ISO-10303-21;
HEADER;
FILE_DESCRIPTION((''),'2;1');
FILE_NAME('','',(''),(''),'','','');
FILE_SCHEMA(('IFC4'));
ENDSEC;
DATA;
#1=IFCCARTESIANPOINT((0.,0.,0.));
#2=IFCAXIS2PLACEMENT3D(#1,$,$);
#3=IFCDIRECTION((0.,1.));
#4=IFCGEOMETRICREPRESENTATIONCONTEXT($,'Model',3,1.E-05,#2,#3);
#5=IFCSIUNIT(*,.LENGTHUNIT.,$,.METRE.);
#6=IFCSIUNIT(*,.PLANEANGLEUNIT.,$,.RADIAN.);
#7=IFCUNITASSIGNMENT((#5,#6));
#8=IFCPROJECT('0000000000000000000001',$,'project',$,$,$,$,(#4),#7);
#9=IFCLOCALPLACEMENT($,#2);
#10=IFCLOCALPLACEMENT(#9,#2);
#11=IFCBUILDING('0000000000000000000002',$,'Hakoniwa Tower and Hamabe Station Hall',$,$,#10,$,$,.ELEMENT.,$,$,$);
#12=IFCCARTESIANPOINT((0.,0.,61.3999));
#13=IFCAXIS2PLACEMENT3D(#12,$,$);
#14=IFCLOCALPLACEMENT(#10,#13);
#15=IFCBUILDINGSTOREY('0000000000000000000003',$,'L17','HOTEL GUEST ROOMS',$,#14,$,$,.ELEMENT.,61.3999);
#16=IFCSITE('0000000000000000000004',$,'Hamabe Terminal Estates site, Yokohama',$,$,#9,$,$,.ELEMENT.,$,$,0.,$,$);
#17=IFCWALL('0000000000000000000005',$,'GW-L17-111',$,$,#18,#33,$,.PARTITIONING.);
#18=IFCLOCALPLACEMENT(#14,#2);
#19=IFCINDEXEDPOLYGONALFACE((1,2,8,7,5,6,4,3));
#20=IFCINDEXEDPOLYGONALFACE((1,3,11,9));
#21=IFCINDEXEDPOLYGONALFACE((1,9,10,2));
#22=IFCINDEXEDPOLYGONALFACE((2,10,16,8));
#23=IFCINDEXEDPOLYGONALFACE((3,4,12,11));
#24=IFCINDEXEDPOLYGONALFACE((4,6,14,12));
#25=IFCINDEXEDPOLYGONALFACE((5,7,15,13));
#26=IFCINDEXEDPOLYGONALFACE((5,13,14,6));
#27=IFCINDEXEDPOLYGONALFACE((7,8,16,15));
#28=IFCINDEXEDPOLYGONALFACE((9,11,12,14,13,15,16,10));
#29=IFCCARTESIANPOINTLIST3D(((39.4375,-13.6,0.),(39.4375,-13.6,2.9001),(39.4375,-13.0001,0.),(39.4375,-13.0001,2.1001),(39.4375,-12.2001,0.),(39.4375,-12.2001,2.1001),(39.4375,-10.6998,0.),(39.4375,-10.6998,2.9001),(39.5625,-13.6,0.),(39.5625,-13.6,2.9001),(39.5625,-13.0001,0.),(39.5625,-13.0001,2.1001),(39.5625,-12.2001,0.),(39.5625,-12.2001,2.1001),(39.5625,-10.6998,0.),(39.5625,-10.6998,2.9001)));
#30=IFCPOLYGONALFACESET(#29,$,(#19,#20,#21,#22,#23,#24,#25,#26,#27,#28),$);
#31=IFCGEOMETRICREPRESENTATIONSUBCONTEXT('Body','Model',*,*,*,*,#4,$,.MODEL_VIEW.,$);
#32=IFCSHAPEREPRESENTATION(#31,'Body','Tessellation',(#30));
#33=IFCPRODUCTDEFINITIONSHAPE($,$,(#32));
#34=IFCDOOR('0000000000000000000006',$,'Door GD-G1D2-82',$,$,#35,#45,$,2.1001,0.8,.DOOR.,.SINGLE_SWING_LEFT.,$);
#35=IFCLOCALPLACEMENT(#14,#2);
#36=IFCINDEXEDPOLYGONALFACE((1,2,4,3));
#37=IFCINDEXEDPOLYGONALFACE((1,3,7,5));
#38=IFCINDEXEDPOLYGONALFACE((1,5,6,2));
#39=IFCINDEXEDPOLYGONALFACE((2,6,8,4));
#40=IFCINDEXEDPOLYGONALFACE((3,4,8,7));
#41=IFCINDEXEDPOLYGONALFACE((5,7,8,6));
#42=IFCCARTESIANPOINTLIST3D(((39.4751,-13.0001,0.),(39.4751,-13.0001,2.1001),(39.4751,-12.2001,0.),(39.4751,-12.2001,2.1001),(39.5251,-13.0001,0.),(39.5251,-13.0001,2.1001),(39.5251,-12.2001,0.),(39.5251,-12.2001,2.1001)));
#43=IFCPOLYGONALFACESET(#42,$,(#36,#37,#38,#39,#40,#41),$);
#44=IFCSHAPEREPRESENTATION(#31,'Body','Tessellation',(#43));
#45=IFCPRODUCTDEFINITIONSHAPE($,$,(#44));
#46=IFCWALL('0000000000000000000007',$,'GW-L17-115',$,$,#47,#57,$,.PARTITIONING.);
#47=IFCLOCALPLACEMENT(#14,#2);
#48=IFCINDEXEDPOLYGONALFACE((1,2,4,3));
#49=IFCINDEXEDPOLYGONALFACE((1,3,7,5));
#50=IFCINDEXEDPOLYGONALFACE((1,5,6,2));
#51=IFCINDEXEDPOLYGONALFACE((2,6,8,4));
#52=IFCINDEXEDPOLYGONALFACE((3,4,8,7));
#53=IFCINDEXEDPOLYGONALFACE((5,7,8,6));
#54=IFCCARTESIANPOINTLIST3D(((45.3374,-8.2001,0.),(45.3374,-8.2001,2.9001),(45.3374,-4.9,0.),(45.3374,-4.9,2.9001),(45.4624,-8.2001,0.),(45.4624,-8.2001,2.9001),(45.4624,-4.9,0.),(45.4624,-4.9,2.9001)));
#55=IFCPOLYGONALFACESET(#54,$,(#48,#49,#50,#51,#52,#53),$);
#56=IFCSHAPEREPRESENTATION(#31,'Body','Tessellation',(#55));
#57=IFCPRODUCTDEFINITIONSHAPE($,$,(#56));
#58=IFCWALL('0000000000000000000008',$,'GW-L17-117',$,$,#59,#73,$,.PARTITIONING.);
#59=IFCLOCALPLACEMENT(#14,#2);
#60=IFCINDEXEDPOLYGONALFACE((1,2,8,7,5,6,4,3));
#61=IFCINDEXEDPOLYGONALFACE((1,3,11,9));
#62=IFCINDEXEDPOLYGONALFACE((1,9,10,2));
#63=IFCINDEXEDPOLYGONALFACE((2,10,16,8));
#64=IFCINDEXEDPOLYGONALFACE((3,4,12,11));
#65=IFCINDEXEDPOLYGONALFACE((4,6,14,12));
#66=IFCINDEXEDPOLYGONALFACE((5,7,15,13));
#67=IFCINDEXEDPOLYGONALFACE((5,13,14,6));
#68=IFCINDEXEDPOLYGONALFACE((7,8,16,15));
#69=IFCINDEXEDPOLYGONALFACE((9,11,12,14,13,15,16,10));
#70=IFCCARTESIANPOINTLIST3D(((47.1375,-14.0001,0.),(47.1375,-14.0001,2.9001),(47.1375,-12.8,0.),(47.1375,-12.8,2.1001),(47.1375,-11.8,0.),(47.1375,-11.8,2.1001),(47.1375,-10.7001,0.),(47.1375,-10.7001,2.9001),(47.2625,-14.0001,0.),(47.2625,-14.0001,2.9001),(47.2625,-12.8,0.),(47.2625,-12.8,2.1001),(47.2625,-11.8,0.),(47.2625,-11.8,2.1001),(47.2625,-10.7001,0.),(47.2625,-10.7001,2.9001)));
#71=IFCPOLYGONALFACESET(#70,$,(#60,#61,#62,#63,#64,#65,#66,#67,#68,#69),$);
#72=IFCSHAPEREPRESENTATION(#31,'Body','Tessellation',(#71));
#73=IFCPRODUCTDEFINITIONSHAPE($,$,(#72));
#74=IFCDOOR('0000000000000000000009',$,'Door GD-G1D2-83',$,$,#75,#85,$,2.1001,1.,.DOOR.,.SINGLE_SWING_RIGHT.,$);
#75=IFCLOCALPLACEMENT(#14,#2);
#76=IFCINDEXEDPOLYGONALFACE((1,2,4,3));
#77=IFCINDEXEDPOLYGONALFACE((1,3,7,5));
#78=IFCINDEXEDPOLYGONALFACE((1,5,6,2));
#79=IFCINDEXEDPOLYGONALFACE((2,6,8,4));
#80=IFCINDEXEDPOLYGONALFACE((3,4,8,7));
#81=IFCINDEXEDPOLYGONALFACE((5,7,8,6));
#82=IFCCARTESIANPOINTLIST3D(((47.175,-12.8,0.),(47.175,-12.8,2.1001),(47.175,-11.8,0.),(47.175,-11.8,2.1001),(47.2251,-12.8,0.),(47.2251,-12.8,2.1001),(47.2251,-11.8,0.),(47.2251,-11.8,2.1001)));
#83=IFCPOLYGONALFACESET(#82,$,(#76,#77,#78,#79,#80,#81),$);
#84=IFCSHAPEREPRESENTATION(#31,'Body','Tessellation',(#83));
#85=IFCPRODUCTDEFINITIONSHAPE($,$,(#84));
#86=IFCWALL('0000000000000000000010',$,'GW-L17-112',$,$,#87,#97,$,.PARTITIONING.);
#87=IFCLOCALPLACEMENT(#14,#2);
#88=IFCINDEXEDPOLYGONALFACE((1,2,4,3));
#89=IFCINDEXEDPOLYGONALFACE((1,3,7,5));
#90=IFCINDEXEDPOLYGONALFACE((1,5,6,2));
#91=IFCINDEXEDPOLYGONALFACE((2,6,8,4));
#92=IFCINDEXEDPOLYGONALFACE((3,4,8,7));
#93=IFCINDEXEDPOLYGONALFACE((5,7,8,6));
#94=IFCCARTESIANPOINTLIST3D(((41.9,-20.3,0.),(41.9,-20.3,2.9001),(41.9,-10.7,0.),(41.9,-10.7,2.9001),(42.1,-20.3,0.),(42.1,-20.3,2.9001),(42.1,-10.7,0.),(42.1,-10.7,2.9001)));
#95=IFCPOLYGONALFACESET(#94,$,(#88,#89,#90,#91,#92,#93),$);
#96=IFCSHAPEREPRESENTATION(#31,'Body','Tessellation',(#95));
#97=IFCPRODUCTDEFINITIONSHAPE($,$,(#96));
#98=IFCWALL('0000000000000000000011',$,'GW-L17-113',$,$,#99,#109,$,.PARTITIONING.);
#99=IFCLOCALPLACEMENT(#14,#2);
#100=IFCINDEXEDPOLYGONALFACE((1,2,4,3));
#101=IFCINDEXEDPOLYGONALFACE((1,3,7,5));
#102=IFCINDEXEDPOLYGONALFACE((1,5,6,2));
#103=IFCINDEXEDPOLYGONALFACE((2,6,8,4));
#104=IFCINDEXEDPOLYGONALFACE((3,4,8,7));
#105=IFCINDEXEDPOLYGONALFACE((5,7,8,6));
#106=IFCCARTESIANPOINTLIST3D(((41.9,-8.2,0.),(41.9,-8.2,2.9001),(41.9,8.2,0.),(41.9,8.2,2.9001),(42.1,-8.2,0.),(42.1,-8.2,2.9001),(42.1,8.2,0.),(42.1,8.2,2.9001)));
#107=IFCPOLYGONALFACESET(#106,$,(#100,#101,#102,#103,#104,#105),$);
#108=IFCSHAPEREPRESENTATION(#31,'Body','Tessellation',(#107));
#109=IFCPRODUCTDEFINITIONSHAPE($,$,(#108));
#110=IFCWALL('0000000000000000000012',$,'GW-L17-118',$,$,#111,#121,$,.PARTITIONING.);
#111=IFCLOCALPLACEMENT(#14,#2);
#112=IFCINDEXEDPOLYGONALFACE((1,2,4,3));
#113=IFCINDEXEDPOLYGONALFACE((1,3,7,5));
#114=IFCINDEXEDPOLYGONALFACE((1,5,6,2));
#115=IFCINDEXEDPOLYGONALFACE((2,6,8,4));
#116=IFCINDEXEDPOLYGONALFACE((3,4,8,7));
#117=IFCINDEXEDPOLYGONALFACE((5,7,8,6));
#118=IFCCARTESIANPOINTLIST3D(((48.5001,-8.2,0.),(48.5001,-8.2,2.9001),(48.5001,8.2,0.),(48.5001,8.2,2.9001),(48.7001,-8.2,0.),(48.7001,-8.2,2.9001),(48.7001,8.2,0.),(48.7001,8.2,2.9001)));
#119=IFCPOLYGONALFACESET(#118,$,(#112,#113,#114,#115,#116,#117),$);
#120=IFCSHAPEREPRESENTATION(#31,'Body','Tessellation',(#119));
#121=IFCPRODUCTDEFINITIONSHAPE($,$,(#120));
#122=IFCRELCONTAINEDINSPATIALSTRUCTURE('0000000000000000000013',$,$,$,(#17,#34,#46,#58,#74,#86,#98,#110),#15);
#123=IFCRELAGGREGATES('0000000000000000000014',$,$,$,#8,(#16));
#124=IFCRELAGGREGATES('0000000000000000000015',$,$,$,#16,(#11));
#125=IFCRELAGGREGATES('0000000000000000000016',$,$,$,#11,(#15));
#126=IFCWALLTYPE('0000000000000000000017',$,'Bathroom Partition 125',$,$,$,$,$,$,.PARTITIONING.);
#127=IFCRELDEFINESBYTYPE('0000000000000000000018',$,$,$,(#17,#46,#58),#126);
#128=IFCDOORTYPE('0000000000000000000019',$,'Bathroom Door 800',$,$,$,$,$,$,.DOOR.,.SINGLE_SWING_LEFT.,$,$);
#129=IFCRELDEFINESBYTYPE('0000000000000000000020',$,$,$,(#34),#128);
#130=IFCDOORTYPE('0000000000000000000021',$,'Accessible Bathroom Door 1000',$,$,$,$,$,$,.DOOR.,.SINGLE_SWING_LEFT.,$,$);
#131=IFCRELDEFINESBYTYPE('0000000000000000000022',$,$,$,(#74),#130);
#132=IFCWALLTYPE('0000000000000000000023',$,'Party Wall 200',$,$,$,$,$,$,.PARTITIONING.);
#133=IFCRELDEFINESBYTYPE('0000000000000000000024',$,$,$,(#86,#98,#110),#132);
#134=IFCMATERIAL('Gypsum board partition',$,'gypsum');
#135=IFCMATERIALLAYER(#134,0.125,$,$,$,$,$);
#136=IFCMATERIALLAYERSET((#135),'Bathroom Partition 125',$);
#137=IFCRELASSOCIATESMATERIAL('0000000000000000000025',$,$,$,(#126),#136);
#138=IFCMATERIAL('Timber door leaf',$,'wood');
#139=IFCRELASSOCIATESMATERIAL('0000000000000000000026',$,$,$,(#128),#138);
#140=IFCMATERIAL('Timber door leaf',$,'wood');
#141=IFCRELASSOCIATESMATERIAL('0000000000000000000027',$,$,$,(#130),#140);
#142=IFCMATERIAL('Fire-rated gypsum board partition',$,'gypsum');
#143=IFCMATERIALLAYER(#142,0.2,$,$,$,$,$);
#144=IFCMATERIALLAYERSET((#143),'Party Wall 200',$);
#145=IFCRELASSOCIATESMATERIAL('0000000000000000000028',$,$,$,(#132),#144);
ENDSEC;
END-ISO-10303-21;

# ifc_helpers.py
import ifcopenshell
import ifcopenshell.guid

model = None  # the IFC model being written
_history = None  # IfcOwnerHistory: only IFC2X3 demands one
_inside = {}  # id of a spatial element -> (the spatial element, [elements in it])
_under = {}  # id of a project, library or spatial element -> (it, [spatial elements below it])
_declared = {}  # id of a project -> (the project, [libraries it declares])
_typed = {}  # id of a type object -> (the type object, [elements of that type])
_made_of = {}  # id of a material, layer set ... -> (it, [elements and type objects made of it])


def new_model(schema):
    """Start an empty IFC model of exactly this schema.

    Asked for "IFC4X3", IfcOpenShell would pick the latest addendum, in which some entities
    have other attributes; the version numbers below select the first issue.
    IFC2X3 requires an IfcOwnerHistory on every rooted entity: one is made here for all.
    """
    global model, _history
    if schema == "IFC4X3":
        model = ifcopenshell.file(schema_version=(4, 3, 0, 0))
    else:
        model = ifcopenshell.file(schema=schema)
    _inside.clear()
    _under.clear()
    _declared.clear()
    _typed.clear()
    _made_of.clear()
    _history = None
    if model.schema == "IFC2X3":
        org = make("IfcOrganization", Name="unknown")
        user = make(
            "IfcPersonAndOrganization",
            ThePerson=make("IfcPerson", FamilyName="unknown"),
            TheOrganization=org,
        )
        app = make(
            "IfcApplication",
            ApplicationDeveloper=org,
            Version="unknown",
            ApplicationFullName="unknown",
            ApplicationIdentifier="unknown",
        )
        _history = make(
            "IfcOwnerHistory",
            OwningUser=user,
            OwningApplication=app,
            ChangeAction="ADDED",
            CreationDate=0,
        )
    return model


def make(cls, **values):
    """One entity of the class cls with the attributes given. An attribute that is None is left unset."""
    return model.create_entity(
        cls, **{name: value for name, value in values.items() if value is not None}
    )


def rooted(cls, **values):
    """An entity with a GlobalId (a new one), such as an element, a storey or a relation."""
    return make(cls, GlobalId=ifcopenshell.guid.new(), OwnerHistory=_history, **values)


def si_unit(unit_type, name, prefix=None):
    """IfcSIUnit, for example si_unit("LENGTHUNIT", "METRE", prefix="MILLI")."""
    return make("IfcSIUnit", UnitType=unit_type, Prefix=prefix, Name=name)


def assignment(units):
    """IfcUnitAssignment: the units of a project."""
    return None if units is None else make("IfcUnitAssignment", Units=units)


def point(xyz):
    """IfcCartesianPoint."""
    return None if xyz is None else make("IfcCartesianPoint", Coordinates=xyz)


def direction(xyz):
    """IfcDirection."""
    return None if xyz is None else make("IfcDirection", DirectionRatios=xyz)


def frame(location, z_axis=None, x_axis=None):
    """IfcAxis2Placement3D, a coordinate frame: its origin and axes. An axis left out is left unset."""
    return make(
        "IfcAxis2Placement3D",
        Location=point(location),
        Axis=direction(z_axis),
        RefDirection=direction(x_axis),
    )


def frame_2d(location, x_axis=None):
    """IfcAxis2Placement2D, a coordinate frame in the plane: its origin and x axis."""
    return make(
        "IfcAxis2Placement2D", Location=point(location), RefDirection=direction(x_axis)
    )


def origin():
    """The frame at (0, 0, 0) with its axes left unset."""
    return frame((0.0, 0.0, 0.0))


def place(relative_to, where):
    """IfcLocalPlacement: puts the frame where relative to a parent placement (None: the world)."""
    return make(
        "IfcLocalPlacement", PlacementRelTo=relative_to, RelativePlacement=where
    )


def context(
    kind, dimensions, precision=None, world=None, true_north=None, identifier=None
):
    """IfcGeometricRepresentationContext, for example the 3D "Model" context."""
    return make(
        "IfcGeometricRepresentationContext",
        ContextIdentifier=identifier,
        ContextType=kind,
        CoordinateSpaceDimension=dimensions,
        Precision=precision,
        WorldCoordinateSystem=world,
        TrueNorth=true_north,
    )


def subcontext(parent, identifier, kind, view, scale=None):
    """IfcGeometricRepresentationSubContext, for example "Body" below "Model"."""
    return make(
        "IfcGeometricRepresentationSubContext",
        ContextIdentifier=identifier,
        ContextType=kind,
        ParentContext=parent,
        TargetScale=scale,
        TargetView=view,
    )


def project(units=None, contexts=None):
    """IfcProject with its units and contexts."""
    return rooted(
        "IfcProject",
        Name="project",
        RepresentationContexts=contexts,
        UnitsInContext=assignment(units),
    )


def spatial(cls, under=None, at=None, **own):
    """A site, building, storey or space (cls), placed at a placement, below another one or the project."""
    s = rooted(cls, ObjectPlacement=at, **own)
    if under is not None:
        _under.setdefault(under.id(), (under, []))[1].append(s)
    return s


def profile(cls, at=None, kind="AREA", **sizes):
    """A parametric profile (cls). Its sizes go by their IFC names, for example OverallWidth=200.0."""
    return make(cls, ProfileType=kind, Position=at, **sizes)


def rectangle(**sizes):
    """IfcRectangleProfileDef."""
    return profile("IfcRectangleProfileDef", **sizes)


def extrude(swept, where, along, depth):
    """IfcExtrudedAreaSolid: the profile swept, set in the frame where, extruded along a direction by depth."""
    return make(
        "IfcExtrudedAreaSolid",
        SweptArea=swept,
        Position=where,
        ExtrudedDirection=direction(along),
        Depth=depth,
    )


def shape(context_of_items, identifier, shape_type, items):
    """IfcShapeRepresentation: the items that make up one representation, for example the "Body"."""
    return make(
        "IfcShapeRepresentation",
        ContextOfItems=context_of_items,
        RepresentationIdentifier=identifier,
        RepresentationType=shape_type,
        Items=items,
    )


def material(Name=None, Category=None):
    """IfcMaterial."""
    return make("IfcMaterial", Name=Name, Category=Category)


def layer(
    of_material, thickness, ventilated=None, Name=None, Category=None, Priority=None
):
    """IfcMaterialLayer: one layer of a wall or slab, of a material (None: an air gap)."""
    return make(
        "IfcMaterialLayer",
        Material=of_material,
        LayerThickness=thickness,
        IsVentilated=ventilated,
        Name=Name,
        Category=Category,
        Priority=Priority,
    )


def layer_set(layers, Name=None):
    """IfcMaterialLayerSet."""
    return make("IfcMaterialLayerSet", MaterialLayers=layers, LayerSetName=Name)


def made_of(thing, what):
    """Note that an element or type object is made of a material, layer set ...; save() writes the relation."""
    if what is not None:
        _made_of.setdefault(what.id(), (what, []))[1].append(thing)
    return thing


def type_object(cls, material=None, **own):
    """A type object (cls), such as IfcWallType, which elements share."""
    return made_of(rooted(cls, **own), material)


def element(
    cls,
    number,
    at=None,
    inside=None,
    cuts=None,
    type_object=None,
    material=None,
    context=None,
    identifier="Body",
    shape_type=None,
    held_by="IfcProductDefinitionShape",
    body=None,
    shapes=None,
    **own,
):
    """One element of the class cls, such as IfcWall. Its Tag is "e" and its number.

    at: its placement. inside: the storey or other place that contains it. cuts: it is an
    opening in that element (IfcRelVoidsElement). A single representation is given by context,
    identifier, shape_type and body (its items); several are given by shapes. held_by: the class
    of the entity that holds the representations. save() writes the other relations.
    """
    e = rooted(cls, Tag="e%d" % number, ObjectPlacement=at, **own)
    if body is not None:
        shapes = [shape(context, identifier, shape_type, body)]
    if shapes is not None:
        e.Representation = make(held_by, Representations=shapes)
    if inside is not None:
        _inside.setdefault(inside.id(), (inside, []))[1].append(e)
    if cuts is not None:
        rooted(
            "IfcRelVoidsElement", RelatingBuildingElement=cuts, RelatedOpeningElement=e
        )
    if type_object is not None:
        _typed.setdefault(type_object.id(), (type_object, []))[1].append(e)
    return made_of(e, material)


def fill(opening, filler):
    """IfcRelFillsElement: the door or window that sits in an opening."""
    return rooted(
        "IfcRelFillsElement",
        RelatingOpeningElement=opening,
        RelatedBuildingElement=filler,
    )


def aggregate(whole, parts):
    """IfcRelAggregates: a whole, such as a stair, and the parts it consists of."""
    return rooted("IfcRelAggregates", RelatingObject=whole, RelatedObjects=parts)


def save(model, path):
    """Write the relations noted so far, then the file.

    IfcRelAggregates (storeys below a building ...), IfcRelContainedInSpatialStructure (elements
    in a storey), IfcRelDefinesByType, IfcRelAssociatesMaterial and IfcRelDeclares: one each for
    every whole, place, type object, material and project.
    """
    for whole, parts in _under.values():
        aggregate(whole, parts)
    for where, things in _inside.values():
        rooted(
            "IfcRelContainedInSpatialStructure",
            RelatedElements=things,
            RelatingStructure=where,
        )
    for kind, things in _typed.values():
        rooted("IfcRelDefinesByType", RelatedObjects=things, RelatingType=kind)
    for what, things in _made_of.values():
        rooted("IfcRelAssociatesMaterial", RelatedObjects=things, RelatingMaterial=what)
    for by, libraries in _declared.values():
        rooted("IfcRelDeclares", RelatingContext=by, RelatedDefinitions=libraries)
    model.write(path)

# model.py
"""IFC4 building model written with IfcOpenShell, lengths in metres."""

from ifc_helpers import new_model, si_unit, direction, frame, frame_2d, origin, place, context, subcontext, project, spatial, rectangle, extrude, material, layer, layer_set, type_object, element, fill, save


model = new_model("IFC4")

# Units and contexts
model_context = context("Model", 3, precision=1e-05, world=origin(), true_north=direction((0.0, 1.0)))
body_context = subcontext(model_context, "Body", "Model", "MODEL_VIEW")
ifc_project = project(units=[si_unit("LENGTHUNIT", "METRE"), si_unit("PLANEANGLEUNIT", "RADIAN")], contexts=[model_context])

# Site, building, storey
site_placement = place(None, origin())
site = spatial("IfcSite", under=ifc_project, at=site_placement, Name="Hamabe Terminal Estates site, Yokohama", CompositionType="ELEMENT", RefElevation=0.0)
building_placement = place(site_placement, origin())
building = spatial("IfcBuilding", under=site, at=building_placement, Name="Hakoniwa Tower and Hamabe Station Hall", CompositionType="ELEMENT")
storey_placement = place(building_placement, frame((0.0, 0.0, 61.3999)))
storey = spatial("IfcBuildingStorey", under=building, at=storey_placement, Name="L17", Description="HOTEL GUEST ROOMS", CompositionType="ELEMENT", Elevation=61.3999)

# Shared definitions
ifc_material_1 = material(Name="Gypsum board partition", Category="gypsum")
ifc_layer_1 = layer(ifc_material_1, 0.125)
ifc_layer_set_1 = layer_set([ifc_layer_1], Name="Bathroom Partition 125")
wall_type_1 = type_object("IfcWallType", Name="Bathroom Partition 125", PredefinedType="PARTITIONING", material=ifc_layer_set_1)

# Wall, opening, door
wall_1_placement = place(storey_placement, frame((39.5, -13.6001, 0.0), z_axis=(0.0, 0.0, 1.0), x_axis=(0.0, 1.0, 0.0)))
wall_1 = element("IfcWall", 1, at=wall_1_placement, inside=storey, type_object=wall_type_1, Name="GW-L17-111", PredefinedType="PARTITIONING", context=body_context, shape_type="SweptSolid", body=[
    extrude(rectangle(XDim=2.9001, YDim=0.125, at=frame_2d((1.4502, 0.0))), origin(), (0.0, 0.0, 1.0), 2.9001),
])
opening_1_placement = place(wall_1_placement, frame((0.6001, 0.0, 0.0)))
opening_1 = element("IfcOpeningElement", 2, at=opening_1_placement, cuts=wall_1, PredefinedType="OPENING", context=body_context, shape_type="SweptSolid", body=[
    extrude(rectangle(XDim=0.8, YDim=2.1001, at=frame_2d((0.3999, 1.05))), frame((0.0, 0.0725, 0.0), z_axis=(0.0, -1.0, 0.0), x_axis=(1.0, 0.0, 0.0)), (0.0, 0.0, 1.0), 0.145),
])
ifc_material_2 = material(Name="Timber door leaf", Category="wood")
door_type_1 = type_object("IfcDoorType", Name="Bathroom Door 800", OperationType="SINGLE_SWING_LEFT", PredefinedType="DOOR", material=ifc_material_2)
door_1_placement = place(opening_1_placement, origin())
door_1 = element("IfcDoor", 3, at=door_1_placement, inside=storey, type_object=door_type_1, Name="Door GD-G1D2-82", OperationType="SINGLE_SWING_LEFT", OverallHeight=2.1001, OverallWidth=0.8, PredefinedType="DOOR", context=body_context, shape_type="SweptSolid", body=[
    extrude(rectangle(XDim=0.8, YDim=2.1001, at=frame_2d((0.3999, 1.05))), frame((0.0, 0.0249, 0.0), z_axis=(0.0, -1.0, 0.0), x_axis=(1.0, 0.0, 0.0)), (0.0, 0.0, 1.0), 0.05),
])
fill(opening_1, door_1)

# Wall
wall_2_placement = place(storey_placement, frame((45.3999, -8.2, 0.0), z_axis=(0.0, 0.0, 1.0), x_axis=(0.0, 1.0, 0.0)))
element("IfcWall", 4, at=wall_2_placement, inside=storey, type_object=wall_type_1, Name="GW-L17-115", PredefinedType="PARTITIONING", context=body_context, shape_type="SweptSolid", body=[
    extrude(rectangle(XDim=3.3, YDim=0.125, at=frame_2d((1.6499, 0.0))), origin(), (0.0, 0.0, 1.0), 2.9001),
])

# Wall, opening, door
wall_3_placement = place(storey_placement, frame((47.2, -14.0, 0.0), z_axis=(0.0, 0.0, 1.0), x_axis=(0.0, 1.0, 0.0)))
wall_3 = element("IfcWall", 5, at=wall_3_placement, inside=storey, type_object=wall_type_1, Name="GW-L17-117", PredefinedType="PARTITIONING", context=body_context, shape_type="SweptSolid", body=[
    extrude(rectangle(XDim=3.3, YDim=0.125, at=frame_2d((1.6499, 0.0))), origin(), (0.0, 0.0, 1.0), 2.9001),
])
opening_2_placement = place(wall_3_placement, frame((1.2, 0.0, 0.0)))
opening_2 = element("IfcOpeningElement", 6, at=opening_2_placement, cuts=wall_3, PredefinedType="OPENING", context=body_context, shape_type="SweptSolid", body=[
    extrude(rectangle(XDim=1.0, YDim=2.1001, at=frame_2d((0.5, 1.05))), frame((0.0, 0.0725, 0.0), z_axis=(0.0, -1.0, 0.0), x_axis=(1.0, 0.0, 0.0)), (0.0, 0.0, 1.0), 0.145),
])
ifc_material_3 = material(Name="Timber door leaf", Category="wood")
door_type_2 = type_object("IfcDoorType", Name="Accessible Bathroom Door 1000", OperationType="SINGLE_SWING_LEFT", PredefinedType="DOOR", material=ifc_material_3)
door_2_placement = place(opening_2_placement, origin())
door_2 = element("IfcDoor", 7, at=door_2_placement, inside=storey, type_object=door_type_2, Name="Door GD-G1D2-83", OperationType="SINGLE_SWING_RIGHT", OverallHeight=2.1001, OverallWidth=1.0, PredefinedType="DOOR", context=body_context, shape_type="SweptSolid", body=[
    extrude(rectangle(XDim=1.0, YDim=2.1001, at=frame_2d((0.5, 1.05))), frame((0.0, 0.0249, 0.0), z_axis=(0.0, -1.0, 0.0), x_axis=(1.0, 0.0, 0.0)), (0.0, 0.0, 1.0), 0.05),
])
fill(opening_2, door_2)

# Walls
ifc_material_4 = material(Name="Fire-rated gypsum board partition", Category="gypsum")
ifc_layer_2 = layer(ifc_material_4, 0.2)
ifc_layer_set_2 = layer_set([ifc_layer_2], Name="Party Wall 200")
wall_type_2 = type_object("IfcWallType", Name="Party Wall 200", PredefinedType="PARTITIONING", material=ifc_layer_set_2)
wall_4_placement = place(storey_placement, frame((42.0, -20.3, 0.0), z_axis=(0.0, 0.0, 1.0), x_axis=(0.0, 1.0, 0.0)))
element("IfcWall", 8, at=wall_4_placement, inside=storey, type_object=wall_type_2, Name="GW-L17-112", PredefinedType="PARTITIONING", context=body_context, shape_type="SweptSolid", body=[
    extrude(rectangle(XDim=9.6001, YDim=0.2, at=frame_2d((4.8, 0.0))), origin(), (0.0, 0.0, 1.0), 2.9001),
])
for number, where, z_axis, x_axis, name in (
    (9, (42.0, -8.2, 0.0), (0.0, 0.0, 1.0), (0.0, 1.0, 0.0), "GW-L17-113"),
    (10, (48.6001, -8.2, 0.0), (0.0, 0.0, 1.0), (0.0, 1.0, 0.0), "GW-L17-118"),
):
    element("IfcWall", number, at=place(storey_placement, frame(where, z_axis=z_axis, x_axis=x_axis)), inside=storey, type_object=wall_type_2, Name=name, PredefinedType="PARTITIONING", context=body_context, shape_type="SweptSolid", body=[
        extrude(rectangle(XDim=16.3999, YDim=0.2, at=frame_2d((8.2, 0.0))), origin(), (0.0, 0.0, 1.0), 2.9001),
    ])

save(model, "model.ifc")
